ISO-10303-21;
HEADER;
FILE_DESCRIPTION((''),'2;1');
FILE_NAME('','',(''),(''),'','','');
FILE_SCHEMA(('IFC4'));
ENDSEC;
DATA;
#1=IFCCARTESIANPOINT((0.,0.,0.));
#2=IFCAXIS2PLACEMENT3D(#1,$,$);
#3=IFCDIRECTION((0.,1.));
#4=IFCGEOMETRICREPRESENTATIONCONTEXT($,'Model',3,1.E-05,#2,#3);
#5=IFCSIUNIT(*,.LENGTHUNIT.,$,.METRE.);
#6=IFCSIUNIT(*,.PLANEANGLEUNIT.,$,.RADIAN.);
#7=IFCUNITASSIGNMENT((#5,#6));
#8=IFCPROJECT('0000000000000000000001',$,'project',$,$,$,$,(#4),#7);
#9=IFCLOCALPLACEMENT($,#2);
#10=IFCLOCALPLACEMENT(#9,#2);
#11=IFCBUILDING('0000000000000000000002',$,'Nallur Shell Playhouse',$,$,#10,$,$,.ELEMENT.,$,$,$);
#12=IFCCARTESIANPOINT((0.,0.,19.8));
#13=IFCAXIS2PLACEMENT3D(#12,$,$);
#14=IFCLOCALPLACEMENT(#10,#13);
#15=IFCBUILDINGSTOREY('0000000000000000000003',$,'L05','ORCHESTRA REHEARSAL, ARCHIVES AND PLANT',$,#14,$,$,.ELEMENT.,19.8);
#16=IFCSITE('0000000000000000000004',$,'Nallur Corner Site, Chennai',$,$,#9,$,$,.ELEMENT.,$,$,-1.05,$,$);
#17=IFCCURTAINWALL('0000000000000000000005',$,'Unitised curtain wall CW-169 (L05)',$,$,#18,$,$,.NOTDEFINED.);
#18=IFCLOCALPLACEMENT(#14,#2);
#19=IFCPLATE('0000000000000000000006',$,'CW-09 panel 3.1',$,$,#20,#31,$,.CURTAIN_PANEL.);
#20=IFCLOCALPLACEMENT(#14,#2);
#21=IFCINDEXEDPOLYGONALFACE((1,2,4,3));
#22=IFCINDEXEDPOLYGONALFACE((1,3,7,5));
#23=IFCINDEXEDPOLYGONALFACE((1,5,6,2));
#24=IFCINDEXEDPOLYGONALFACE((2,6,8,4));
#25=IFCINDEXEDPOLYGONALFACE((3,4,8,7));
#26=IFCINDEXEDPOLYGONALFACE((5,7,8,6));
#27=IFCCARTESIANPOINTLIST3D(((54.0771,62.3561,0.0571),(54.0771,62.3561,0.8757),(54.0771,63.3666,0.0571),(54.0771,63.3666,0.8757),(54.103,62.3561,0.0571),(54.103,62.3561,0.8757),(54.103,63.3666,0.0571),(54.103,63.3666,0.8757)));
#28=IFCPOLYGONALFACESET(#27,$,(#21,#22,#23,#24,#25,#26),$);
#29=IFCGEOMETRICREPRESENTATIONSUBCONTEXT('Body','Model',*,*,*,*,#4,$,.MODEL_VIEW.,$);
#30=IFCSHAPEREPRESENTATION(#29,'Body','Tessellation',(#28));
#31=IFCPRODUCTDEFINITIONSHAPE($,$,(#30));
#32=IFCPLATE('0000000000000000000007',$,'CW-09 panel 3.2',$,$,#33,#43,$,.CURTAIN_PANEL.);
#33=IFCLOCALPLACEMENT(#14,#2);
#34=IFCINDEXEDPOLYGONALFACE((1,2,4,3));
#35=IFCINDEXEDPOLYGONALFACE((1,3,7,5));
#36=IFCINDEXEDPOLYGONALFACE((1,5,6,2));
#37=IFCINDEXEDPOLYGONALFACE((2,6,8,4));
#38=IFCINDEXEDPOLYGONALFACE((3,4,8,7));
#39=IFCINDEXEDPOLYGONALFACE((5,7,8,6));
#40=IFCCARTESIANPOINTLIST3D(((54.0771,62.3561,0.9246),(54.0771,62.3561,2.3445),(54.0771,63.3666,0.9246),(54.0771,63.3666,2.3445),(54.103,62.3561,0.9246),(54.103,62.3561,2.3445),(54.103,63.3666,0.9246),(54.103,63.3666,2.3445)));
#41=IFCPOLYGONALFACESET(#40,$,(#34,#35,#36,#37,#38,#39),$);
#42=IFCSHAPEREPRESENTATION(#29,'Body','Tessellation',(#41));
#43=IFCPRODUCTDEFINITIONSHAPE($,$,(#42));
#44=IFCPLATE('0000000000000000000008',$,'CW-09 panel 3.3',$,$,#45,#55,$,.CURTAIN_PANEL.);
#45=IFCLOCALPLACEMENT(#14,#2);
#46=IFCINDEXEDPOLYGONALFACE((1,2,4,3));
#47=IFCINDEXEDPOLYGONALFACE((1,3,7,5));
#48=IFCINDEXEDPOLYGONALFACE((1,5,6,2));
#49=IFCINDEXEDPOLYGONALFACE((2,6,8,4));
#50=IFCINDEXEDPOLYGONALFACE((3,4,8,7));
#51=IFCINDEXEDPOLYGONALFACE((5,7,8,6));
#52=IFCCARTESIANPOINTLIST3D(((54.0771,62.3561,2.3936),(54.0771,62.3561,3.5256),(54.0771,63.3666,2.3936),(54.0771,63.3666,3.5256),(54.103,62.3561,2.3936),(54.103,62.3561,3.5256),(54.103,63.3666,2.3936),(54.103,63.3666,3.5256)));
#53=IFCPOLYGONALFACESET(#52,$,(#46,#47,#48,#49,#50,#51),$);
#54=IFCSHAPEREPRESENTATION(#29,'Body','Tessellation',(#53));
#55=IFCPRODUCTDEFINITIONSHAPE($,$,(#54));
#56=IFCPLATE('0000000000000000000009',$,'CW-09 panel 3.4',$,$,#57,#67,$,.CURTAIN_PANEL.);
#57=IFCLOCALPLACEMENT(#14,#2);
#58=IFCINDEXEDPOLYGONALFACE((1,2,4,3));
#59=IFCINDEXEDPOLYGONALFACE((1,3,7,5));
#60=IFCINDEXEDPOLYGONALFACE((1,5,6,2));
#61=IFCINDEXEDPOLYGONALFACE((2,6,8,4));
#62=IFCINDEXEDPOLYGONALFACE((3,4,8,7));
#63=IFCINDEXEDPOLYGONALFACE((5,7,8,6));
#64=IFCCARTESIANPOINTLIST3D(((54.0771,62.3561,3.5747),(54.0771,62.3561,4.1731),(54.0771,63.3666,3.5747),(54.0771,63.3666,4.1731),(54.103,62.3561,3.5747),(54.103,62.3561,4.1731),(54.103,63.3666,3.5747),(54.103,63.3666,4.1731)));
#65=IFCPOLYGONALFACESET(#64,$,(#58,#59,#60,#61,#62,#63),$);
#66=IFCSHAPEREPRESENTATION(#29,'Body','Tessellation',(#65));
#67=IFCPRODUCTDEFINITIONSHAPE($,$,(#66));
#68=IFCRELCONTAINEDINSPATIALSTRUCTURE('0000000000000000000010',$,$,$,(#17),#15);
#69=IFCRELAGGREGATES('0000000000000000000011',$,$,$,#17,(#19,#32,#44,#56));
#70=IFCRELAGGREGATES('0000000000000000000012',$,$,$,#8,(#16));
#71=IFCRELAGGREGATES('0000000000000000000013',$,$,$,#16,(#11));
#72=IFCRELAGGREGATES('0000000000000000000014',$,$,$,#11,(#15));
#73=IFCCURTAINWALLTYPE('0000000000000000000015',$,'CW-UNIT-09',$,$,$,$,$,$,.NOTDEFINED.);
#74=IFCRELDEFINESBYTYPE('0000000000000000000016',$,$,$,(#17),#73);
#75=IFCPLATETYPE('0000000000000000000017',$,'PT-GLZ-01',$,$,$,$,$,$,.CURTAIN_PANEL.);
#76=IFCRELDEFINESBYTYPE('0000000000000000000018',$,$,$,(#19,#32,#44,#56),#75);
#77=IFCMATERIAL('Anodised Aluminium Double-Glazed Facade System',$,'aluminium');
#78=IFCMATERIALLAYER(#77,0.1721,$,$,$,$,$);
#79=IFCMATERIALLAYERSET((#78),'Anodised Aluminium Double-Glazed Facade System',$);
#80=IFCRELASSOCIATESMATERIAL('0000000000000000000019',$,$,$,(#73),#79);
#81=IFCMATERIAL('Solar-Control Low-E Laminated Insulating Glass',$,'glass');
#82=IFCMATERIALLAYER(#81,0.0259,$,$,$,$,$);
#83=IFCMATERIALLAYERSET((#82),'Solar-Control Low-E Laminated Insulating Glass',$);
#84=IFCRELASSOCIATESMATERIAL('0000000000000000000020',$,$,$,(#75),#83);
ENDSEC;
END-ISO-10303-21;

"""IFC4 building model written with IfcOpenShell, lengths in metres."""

from ifc_helpers import new_model, si_unit, direction, frame, origin, origin_2d, place, context, subcontext, project, spatial, rectangle, extrude, material, layer, layer_set, type_object, element, aggregate, save


model = new_model("IFC4")

# Units and contexts
model_context = context("Model", 3, precision=1e-05, world=origin(), true_north=direction((0.0, 1.0)))
body_context = subcontext(model_context, "Body", "Model", "MODEL_VIEW")
ifc_project = project(units=[si_unit("LENGTHUNIT", "METRE"), si_unit("PLANEANGLEUNIT", "RADIAN")], contexts=[model_context])

# Site, building, storey
site_placement = place(None, origin())
site = spatial("IfcSite", under=ifc_project, at=site_placement, Name="Nallur Corner Site, Chennai", CompositionType="ELEMENT", RefElevation=-1.05)
building_placement = place(site_placement, origin())
building = spatial("IfcBuilding", under=site, at=building_placement, Name="Nallur Shell Playhouse", CompositionType="ELEMENT")
storey_placement = place(building_placement, frame((0.0, 0.0, 19.8)))
storey = spatial("IfcBuildingStorey", under=building, at=storey_placement, Name="L05", Description="ORCHESTRA REHEARSAL, ARCHIVES AND PLANT", CompositionType="ELEMENT", Elevation=19.8)

# Shared definitions
ifc_material_1 = material(Name="Anodised Aluminium Double-Glazed Facade System", Category="aluminium")

# Curtain wall
ifc_layer_1 = layer(ifc_material_1, 0.1721)
ifc_layer_set_1 = layer_set([ifc_layer_1], Name="Anodised Aluminium Double-Glazed Facade System")
curtain_wall_type_1 = type_object("IfcCurtainWallType", Name="CW-UNIT-09", PredefinedType="NOTDEFINED", material=ifc_layer_set_1)
curtain_wall_1_placement = place(storey_placement, origin())
curtain_wall_1 = element("IfcCurtainWall", 1, at=curtain_wall_1_placement, inside=storey, type_object=curtain_wall_type_1, Name="Unitised curtain wall CW-169 (L05)", PredefinedType="NOTDEFINED")

# Plates
ifc_material_2 = material(Name="Solar-Control Low-E Laminated Insulating Glass", Category="glass")
ifc_layer_2 = layer(ifc_material_2, 0.0259)
ifc_layer_set_2 = layer_set([ifc_layer_2], Name="Solar-Control Low-E Laminated Insulating Glass")
plate_type = type_object("IfcPlateType", Name="PT-GLZ-01", PredefinedType="CURTAIN_PANEL", material=ifc_layer_set_2)
plate_1_placement = place(storey_placement, frame((54.0901, 62.8613, 0.0571), z_axis=(0.0, 0.0, 1.0), x_axis=(0.0, 1.0, 0.0)))
plate_1 = element("IfcPlate", 2, at=plate_1_placement, type_object=plate_type, Name="CW-09 panel 3.1", PredefinedType="CURTAIN_PANEL", context=body_context, shape_type="SweptSolid", body=[
    extrude(rectangle(XDim=1.0105, YDim=0.0259, at=origin_2d()), origin(), (0.0, 0.0, 1.0), 0.8186),
])
plate_2_placement = place(storey_placement, frame((54.0901, 62.8613, 0.9246), z_axis=(0.0, 0.0, 1.0), x_axis=(0.0, 1.0, 0.0)))
plate_2 = element("IfcPlate", 3, at=plate_2_placement, type_object=plate_type, Name="CW-09 panel 3.2", PredefinedType="CURTAIN_PANEL", context=body_context, shape_type="SweptSolid", body=[
    extrude(rectangle(XDim=1.0105, YDim=0.0259, at=origin_2d()), origin(), (0.0, 0.0, 1.0), 1.4199),
])
plate_3_placement = place(storey_placement, frame((54.0901, 62.8613, 2.3936), z_axis=(0.0, 0.0, 1.0), x_axis=(0.0, 1.0, 0.0)))
plate_3 = element("IfcPlate", 4, at=plate_3_placement, type_object=plate_type, Name="CW-09 panel 3.3", PredefinedType="CURTAIN_PANEL", context=body_context, shape_type="SweptSolid", body=[
    extrude(rectangle(XDim=1.0105, YDim=0.0259, at=origin_2d()), origin(), (0.0, 0.0, 1.0), 1.1321),
])
plate_4_placement = place(storey_placement, frame((54.0901, 62.8613, 3.5747), z_axis=(0.0, 0.0, 1.0), x_axis=(0.0, 1.0, 0.0)))
plate_4 = element("IfcPlate", 5, at=plate_4_placement, type_object=plate_type, Name="CW-09 panel 3.4", PredefinedType="CURTAIN_PANEL", context=body_context, shape_type="SweptSolid", body=[
    extrude(rectangle(XDim=1.0105, YDim=0.0259, at=origin_2d()), origin(), (0.0, 0.0, 1.0), 0.5984),
])
aggregate(curtain_wall_1, [plate_1, plate_2, plate_3, plate_4])

save(model, "model.ifc")
